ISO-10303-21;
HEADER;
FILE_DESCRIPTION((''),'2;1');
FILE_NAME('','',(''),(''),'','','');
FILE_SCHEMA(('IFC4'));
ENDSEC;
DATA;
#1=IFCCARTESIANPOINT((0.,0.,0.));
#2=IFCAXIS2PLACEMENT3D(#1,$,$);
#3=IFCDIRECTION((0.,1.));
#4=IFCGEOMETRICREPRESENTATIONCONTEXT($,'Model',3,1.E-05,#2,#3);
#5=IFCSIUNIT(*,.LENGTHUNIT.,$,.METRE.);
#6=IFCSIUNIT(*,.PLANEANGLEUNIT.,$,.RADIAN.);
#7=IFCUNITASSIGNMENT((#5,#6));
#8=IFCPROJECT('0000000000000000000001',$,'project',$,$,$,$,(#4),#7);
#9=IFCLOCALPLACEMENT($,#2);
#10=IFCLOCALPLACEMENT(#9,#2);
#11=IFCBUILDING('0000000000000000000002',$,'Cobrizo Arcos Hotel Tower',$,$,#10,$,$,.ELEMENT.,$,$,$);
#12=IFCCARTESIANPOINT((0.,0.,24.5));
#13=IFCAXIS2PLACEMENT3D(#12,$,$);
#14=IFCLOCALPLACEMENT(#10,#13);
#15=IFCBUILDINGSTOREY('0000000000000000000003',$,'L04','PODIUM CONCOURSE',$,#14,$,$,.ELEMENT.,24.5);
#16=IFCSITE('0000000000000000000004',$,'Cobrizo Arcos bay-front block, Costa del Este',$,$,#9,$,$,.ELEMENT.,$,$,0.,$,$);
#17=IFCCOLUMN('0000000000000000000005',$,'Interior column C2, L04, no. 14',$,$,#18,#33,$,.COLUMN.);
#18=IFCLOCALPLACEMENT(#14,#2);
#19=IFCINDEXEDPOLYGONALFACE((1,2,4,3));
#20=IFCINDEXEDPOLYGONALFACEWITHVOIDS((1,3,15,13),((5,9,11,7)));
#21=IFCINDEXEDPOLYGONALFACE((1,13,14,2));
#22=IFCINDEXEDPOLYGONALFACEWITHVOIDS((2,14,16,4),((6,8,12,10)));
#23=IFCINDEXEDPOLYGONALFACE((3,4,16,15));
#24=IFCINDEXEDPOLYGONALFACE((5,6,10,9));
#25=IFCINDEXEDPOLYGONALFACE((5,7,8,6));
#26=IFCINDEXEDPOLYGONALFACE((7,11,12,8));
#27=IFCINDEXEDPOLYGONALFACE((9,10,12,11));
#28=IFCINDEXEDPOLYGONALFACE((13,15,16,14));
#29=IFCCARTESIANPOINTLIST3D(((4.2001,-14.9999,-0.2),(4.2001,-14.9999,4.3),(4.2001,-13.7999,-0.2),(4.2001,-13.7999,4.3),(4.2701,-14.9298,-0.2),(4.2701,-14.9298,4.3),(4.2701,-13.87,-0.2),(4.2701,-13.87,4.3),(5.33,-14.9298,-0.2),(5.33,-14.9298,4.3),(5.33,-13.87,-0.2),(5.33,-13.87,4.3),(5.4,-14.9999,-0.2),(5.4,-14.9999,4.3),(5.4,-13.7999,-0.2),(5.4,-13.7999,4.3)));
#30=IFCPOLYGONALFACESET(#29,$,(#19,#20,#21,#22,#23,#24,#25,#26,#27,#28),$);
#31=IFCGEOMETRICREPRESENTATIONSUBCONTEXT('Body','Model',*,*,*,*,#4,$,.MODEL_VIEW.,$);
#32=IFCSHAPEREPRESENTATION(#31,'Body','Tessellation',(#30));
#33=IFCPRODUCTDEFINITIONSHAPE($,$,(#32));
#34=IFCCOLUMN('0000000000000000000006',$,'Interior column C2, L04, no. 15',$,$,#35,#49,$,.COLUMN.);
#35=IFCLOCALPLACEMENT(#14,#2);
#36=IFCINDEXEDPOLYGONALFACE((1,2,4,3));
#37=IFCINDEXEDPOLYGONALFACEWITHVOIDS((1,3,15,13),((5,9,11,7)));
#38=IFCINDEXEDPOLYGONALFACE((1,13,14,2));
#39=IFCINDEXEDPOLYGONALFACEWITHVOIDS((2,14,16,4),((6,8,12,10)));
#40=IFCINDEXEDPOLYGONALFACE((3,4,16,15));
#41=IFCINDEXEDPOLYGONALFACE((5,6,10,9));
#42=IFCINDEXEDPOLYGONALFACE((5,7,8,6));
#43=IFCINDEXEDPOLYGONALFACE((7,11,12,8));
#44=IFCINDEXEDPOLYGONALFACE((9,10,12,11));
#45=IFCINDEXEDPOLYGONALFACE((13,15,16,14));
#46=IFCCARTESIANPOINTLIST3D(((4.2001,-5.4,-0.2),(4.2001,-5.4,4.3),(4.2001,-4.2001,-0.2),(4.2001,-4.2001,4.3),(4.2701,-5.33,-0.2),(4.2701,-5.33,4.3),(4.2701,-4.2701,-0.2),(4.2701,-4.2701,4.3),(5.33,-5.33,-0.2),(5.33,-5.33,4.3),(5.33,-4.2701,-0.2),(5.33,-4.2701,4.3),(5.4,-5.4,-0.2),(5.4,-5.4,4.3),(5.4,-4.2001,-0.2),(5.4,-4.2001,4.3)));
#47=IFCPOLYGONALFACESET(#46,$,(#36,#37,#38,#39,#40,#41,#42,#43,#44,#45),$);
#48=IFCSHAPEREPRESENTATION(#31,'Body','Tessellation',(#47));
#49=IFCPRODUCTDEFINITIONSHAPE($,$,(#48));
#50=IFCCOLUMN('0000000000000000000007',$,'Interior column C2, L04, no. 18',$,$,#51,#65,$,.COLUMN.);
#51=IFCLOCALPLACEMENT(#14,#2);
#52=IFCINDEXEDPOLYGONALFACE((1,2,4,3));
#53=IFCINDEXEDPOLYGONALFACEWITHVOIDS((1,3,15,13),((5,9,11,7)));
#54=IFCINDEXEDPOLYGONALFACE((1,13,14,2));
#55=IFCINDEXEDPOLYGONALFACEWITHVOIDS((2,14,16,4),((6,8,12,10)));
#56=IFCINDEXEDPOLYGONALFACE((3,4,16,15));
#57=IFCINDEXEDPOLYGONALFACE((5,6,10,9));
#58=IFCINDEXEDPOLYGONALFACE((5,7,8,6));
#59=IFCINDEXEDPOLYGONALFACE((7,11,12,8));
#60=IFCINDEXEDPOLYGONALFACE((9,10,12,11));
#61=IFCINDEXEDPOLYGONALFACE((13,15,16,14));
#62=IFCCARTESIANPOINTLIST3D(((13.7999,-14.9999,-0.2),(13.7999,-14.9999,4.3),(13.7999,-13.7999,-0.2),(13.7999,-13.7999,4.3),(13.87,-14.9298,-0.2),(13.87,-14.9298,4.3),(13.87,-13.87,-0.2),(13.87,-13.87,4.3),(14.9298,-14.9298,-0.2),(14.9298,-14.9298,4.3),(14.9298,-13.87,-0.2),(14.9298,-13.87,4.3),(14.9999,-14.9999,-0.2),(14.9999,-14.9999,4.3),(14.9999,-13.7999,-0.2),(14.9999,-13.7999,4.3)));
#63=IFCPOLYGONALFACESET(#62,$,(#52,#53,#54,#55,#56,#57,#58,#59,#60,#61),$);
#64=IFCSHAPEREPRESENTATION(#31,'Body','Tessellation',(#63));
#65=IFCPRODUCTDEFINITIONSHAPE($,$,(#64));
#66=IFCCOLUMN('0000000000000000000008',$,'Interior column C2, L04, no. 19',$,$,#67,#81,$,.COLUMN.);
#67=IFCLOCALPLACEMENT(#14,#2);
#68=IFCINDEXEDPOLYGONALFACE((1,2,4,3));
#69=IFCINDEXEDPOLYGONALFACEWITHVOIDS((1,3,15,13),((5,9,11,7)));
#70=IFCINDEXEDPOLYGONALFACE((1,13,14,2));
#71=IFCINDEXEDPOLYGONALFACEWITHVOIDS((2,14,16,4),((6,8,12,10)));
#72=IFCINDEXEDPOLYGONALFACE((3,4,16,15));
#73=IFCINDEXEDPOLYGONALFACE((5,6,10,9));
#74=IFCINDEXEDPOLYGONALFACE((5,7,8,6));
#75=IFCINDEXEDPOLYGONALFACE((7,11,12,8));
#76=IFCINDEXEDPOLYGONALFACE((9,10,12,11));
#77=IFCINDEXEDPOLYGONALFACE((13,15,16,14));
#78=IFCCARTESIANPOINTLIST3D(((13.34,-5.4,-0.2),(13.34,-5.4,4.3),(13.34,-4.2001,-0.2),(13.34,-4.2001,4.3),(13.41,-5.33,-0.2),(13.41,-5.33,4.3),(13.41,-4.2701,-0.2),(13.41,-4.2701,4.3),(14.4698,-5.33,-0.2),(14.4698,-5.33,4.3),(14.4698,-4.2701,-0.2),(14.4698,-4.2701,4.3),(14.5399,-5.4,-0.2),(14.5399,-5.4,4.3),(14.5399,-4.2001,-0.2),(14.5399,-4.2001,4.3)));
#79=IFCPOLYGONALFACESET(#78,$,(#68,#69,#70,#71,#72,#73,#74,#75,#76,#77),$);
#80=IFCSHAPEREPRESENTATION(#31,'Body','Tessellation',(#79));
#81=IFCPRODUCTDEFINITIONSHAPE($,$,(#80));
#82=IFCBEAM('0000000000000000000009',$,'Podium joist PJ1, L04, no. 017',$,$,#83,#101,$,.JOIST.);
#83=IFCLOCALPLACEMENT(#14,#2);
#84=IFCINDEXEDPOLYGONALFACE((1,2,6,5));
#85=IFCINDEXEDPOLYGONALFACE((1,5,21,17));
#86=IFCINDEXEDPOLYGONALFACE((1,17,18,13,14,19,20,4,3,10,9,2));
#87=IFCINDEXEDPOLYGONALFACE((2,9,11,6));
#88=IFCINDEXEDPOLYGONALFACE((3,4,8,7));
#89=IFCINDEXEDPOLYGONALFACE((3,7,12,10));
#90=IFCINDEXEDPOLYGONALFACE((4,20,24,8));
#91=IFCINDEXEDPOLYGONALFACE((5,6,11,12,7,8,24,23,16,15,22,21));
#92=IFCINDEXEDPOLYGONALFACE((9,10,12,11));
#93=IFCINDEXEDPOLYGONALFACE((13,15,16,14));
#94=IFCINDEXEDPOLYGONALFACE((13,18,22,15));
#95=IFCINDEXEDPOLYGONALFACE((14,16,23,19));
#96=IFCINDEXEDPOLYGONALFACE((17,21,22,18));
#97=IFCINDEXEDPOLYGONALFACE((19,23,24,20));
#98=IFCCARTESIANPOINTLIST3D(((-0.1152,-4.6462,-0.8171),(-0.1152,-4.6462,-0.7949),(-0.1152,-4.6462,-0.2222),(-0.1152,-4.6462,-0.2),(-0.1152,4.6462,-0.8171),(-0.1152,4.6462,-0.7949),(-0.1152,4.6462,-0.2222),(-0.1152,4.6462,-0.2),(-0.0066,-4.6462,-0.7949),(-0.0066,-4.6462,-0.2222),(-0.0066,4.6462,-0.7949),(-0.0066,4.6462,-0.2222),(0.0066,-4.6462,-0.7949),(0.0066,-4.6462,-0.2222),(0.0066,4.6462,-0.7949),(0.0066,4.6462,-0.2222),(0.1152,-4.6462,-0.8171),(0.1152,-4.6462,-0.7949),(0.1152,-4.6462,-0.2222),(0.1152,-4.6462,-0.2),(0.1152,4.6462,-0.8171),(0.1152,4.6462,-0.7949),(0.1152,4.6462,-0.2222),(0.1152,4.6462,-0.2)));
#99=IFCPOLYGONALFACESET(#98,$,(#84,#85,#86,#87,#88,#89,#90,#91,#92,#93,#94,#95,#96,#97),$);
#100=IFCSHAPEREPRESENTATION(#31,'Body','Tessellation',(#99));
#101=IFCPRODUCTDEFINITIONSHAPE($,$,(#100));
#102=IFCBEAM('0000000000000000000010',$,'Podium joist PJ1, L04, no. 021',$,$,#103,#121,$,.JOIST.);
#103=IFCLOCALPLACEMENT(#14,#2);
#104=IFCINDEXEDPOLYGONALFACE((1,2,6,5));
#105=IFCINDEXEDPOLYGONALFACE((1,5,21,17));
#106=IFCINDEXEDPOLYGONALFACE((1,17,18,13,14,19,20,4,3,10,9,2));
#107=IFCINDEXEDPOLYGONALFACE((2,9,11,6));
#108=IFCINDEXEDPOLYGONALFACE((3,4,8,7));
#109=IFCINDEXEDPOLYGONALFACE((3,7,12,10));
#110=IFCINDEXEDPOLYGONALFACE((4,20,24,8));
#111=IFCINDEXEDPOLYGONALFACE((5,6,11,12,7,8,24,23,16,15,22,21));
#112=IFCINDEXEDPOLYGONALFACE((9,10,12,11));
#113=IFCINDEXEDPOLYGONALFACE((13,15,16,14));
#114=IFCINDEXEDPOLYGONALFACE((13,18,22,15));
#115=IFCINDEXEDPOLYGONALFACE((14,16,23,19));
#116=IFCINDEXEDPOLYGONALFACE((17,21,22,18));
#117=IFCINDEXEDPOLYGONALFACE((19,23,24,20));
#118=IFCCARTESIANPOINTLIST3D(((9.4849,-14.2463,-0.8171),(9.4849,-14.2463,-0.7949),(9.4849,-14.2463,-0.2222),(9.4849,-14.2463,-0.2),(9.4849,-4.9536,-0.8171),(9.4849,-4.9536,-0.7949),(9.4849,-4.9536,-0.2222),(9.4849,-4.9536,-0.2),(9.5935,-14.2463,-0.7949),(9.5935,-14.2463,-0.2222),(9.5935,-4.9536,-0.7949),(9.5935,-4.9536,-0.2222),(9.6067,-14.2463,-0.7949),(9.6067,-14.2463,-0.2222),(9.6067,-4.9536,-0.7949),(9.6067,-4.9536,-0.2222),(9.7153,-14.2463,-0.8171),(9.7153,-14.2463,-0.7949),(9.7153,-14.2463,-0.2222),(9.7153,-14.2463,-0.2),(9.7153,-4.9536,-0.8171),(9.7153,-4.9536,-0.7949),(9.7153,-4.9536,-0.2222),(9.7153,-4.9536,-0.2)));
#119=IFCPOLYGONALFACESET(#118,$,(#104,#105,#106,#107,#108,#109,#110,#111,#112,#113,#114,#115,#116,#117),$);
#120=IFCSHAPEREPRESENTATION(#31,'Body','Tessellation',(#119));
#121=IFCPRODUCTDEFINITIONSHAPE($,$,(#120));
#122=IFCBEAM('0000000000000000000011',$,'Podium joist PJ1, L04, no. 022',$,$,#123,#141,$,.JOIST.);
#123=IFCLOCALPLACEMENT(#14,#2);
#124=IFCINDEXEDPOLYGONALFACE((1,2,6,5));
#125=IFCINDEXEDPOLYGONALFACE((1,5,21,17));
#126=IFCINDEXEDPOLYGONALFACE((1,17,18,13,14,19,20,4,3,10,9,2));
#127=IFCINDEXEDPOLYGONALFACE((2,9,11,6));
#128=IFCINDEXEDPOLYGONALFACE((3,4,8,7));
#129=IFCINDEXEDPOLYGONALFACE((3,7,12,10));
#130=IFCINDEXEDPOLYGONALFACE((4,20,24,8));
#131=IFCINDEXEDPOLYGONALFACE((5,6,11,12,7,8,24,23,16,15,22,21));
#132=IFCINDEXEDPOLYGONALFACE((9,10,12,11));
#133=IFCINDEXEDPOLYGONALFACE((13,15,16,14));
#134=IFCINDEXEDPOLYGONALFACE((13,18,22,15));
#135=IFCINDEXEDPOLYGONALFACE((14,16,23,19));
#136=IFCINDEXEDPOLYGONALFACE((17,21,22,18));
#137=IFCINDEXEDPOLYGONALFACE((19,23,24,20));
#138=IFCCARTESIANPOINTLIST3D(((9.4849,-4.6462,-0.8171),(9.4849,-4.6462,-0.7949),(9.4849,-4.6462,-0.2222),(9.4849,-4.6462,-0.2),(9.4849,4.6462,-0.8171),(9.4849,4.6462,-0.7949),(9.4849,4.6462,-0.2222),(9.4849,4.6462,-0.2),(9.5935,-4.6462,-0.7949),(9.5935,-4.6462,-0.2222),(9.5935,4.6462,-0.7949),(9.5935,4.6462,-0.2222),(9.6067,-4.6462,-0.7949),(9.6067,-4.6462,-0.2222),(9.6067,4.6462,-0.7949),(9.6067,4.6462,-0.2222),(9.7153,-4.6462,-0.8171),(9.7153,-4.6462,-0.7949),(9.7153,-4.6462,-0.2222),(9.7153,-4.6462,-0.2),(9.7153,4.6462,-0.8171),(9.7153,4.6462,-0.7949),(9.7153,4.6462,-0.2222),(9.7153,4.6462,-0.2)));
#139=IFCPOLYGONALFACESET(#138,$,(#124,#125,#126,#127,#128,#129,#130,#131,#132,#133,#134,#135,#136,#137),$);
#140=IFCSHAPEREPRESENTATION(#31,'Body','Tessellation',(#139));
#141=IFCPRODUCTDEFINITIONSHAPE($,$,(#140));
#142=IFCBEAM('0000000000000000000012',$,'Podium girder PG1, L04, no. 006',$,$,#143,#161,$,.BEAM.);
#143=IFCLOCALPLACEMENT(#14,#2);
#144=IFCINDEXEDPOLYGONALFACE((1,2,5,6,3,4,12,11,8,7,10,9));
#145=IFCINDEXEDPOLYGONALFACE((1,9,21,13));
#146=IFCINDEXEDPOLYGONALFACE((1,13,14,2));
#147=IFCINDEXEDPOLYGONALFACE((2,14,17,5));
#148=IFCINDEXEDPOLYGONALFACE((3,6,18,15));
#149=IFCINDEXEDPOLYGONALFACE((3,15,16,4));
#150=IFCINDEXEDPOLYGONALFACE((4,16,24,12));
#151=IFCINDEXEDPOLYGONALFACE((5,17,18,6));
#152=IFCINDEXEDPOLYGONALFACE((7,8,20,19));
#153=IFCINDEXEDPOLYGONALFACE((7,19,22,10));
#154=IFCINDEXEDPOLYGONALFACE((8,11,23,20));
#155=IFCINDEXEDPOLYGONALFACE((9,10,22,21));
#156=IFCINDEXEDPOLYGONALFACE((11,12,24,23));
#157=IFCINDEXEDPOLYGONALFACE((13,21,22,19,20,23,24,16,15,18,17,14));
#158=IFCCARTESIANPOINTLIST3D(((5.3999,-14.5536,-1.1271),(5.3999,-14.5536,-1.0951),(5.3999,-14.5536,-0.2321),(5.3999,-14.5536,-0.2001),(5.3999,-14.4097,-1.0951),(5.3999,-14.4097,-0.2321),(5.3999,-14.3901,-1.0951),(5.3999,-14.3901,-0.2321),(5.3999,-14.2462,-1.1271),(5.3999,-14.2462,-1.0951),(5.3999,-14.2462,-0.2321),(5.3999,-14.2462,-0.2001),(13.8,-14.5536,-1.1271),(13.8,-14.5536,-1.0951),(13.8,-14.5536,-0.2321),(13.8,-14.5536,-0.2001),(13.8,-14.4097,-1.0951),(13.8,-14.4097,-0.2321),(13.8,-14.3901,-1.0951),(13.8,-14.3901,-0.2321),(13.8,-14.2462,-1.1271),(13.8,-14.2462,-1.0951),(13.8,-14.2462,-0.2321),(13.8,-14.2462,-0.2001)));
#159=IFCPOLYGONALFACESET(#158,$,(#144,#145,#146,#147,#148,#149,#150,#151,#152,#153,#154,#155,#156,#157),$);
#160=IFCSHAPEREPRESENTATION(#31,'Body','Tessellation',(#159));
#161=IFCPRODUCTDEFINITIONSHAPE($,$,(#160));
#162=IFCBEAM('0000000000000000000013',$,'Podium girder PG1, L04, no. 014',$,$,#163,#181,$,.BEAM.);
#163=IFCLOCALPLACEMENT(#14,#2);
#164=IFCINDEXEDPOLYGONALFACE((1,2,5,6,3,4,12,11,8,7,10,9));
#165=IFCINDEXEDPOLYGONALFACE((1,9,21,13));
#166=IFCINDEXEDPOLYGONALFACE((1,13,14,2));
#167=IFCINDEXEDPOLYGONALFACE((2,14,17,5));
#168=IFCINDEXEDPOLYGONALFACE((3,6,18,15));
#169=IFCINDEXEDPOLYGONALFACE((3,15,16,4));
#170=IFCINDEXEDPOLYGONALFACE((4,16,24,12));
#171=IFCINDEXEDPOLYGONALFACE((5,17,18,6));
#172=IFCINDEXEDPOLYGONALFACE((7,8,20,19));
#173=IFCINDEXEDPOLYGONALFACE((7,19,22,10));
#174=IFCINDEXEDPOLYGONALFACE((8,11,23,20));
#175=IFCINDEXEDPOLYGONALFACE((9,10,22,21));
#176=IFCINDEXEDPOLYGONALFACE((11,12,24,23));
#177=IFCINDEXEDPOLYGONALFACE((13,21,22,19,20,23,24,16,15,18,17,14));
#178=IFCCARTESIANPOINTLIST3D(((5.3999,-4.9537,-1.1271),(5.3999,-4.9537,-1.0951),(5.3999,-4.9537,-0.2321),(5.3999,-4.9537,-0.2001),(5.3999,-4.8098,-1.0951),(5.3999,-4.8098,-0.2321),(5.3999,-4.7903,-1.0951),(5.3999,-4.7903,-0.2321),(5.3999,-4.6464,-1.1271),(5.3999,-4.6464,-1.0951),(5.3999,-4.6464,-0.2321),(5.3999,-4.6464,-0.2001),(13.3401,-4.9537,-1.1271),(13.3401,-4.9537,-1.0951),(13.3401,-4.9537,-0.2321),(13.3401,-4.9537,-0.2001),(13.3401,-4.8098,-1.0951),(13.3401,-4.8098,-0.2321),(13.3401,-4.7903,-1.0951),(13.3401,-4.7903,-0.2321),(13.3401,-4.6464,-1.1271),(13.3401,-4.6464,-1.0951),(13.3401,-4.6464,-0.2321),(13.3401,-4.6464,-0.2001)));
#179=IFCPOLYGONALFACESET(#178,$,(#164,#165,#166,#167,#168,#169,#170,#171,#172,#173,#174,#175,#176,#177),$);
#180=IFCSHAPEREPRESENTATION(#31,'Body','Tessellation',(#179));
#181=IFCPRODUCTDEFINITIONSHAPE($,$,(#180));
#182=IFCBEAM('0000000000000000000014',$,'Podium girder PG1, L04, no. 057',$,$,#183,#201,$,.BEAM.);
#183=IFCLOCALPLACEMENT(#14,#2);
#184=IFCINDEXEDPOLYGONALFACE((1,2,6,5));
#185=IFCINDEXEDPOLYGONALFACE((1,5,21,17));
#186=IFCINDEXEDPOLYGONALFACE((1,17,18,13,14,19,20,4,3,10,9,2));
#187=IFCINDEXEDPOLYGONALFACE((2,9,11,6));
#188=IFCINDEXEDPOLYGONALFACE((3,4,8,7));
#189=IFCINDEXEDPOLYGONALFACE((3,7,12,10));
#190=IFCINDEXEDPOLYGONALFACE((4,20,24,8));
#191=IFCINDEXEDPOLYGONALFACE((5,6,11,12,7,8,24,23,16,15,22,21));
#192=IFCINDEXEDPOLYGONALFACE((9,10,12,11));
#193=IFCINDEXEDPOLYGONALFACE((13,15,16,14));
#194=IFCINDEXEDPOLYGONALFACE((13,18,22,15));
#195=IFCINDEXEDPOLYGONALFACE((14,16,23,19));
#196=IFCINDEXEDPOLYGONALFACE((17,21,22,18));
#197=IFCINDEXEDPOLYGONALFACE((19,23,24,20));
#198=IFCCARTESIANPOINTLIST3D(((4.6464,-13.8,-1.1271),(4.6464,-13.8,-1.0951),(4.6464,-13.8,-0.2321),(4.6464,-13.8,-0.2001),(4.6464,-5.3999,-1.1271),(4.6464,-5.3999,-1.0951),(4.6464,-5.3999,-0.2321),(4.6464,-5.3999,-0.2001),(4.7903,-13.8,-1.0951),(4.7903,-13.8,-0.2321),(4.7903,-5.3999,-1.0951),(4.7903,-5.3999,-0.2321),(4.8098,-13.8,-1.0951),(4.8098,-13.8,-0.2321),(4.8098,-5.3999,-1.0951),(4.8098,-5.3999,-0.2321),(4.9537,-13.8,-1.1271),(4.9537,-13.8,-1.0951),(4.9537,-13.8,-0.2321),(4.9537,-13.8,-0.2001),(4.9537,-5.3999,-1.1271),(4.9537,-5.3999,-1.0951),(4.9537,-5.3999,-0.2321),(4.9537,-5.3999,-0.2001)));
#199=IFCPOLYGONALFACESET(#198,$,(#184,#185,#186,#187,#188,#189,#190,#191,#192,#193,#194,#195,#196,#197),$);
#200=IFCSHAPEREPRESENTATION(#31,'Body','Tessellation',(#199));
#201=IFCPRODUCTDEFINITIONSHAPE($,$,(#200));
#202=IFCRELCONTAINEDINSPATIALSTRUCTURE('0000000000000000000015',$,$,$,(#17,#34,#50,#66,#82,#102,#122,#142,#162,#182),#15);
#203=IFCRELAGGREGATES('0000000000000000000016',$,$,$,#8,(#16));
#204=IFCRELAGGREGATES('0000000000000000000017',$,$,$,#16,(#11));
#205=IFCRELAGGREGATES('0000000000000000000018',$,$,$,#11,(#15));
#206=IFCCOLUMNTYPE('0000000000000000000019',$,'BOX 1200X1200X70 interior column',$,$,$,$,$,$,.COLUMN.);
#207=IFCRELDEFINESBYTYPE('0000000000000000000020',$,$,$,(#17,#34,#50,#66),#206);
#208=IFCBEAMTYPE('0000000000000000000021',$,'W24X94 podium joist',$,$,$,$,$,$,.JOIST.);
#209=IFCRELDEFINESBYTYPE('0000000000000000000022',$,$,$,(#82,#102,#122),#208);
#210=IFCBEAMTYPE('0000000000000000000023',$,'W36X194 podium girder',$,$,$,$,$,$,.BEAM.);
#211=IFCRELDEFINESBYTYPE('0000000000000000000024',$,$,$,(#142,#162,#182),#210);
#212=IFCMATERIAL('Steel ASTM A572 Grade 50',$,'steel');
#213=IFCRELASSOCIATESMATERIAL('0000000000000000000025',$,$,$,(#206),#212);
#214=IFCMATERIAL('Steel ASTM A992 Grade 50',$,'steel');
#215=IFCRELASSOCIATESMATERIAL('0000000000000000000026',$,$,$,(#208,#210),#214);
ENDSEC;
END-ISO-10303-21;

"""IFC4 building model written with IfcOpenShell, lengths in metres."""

from ifc_helpers import new_model, si_unit, direction, frame, origin, origin_2d, place, context, subcontext, project, spatial, hollow_rectangle, i_section, extrude, material, material_profile, profile_set, type_object, element, save


model = new_model("IFC4")

# Units and contexts
model_context = context("Model", 3, precision=1e-05, world=origin(), true_north=direction((0.0, 1.0)))
body_context = subcontext(model_context, "Body", "Model", "MODEL_VIEW")
ifc_project = project(units=[si_unit("LENGTHUNIT", "METRE"), si_unit("PLANEANGLEUNIT", "RADIAN")], contexts=[model_context])

# Site, building, storey
site_placement = place(None, origin())
site = spatial("IfcSite", under=ifc_project, at=site_placement, Name="Cobrizo Arcos bay-front block, Costa del Este", CompositionType="ELEMENT", RefElevation=0.0)
building_placement = place(site_placement, origin())
building = spatial("IfcBuilding", under=site, at=building_placement, Name="Cobrizo Arcos Hotel Tower", CompositionType="ELEMENT")
storey_placement = place(building_placement, frame((0.0, 0.0, 24.5)))
storey = spatial("IfcBuildingStorey", under=building, at=storey_placement, Name="L04", Description="PODIUM CONCOURSE", CompositionType="ELEMENT", Elevation=24.5)

# Columns
ifc_material_1 = material(Name="Steel ASTM A572 Grade 50", Category="steel")
ifc_material_profile_1 = material_profile(ifc_material_1, hollow_rectangle(XDim=1.2, YDim=1.2, WallThickness=0.0701, at=origin_2d()), Name="BOX 1200X1200X70")
ifc_profile_set_1 = profile_set([ifc_material_profile_1], Name="Steel ASTM A572 Grade 50")
column_type = type_object("IfcColumnType", Name="BOX 1200X1200X70 interior column", PredefinedType="COLUMN", material=ifc_profile_set_1)
for number, where, z_axis, x_axis, name in (
    (1, (4.8, -14.3999, -0.2), (0.0, 0.0, 1.0), (1.0, 0.0, 0.0), "Interior column C2, L04, no. 14"),
    (2, (4.8, -4.8, -0.2), (0.0, 0.0, 1.0), (1.0, 0.0, 0.0), "Interior column C2, L04, no. 15"),
    (3, (14.3999, -14.3999, -0.2), (0.0, 0.0, 1.0), (1.0, 0.0, 0.0), "Interior column C2, L04, no. 18"),
    (4, (13.9399, -4.8, -0.2), (0.0, 0.0, 1.0), (1.0, 0.0, 0.0), "Interior column C2, L04, no. 19"),
):
    element("IfcColumn", number, at=place(storey_placement, frame(where, z_axis=z_axis, x_axis=x_axis)), inside=storey, type_object=column_type, Name=name, PredefinedType="COLUMN", context=body_context, shape_type="SweptSolid", body=[
        extrude(hollow_rectangle(XDim=1.2, YDim=1.2, WallThickness=0.0701, at=origin_2d()), origin(), (0.0, 0.0, 1.0), 4.5),
    ])

# Beams
ifc_material_2 = material(Name="Steel ASTM A992 Grade 50", Category="steel")
ifc_material_profile_2 = material_profile(ifc_material_2, i_section(OverallWidth=0.2305, OverallDepth=0.6172, WebThickness=0.0132, FlangeThickness=0.0222, at=origin_2d()), Name="W24X94")
ifc_profile_set_2 = profile_set([ifc_material_profile_2], Name="Steel ASTM A992 Grade 50")
beam_type_1 = type_object("IfcBeamType", Name="W24X94 podium joist", PredefinedType="JOIST", material=ifc_profile_set_2)
beam_1_placement = place(storey_placement, frame((0.0, -4.6462, -0.5085), z_axis=(0.0, 1.0, 0.0), x_axis=(-1.0, 0.0, 0.0)))
element("IfcBeam", 5, at=beam_1_placement, inside=storey, type_object=beam_type_1, Name="Podium joist PJ1, L04, no. 017", PredefinedType="JOIST", context=body_context, shape_type="SweptSolid", body=[
    extrude(i_section(OverallWidth=0.2305, OverallDepth=0.6172, WebThickness=0.0132, FlangeThickness=0.0222, at=origin_2d()), origin(), (0.0, 0.0, 1.0), 9.2925),
])
beam_2_placement = place(storey_placement, frame((9.6001, -14.2463, -0.5085), z_axis=(0.0, 1.0, 0.0), x_axis=(-1.0, 0.0, 0.0)))
element("IfcBeam", 6, at=beam_2_placement, inside=storey, type_object=beam_type_1, Name="Podium joist PJ1, L04, no. 021", PredefinedType="JOIST", context=body_context, shape_type="SweptSolid", body=[
    extrude(i_section(OverallWidth=0.2305, OverallDepth=0.6172, WebThickness=0.0132, FlangeThickness=0.0222, at=origin_2d()), origin(), (0.0, 0.0, 1.0), 9.2927),
])
beam_3_placement = place(storey_placement, frame((9.6001, -4.6462, -0.5085), z_axis=(0.0, 1.0, 0.0), x_axis=(-1.0, 0.0, 0.0)))
element("IfcBeam", 7, at=beam_3_placement, inside=storey, type_object=beam_type_1, Name="Podium joist PJ1, L04, no. 022", PredefinedType="JOIST", context=body_context, shape_type="SweptSolid", body=[
    extrude(i_section(OverallWidth=0.2305, OverallDepth=0.6172, WebThickness=0.0132, FlangeThickness=0.0222, at=origin_2d()), origin(), (0.0, 0.0, 1.0), 9.2925),
])
ifc_material_profile_3 = material_profile(ifc_material_2, i_section(OverallWidth=0.3074, OverallDepth=0.927, WebThickness=0.0195, FlangeThickness=0.032, at=origin_2d()), Name="W36X194")
ifc_profile_set_3 = profile_set([ifc_material_profile_3], Name="Steel ASTM A992 Grade 50")
beam_type_2 = type_object("IfcBeamType", Name="W36X194 podium girder", PredefinedType="BEAM", material=ifc_profile_set_3)
beam_4_placement = place(storey_placement, frame((5.3999, -14.3999, -0.6636), z_axis=(1.0, 0.0, 0.0), x_axis=(0.0, 1.0, 0.0)))
element("IfcBeam", 8, at=beam_4_placement, inside=storey, type_object=beam_type_2, Name="Podium girder PG1, L04, no. 006", PredefinedType="BEAM", context=body_context, shape_type="SweptSolid", body=[
    extrude(i_section(OverallWidth=0.3074, OverallDepth=0.927, WebThickness=0.0195, FlangeThickness=0.032, at=origin_2d()), origin(), (0.0, 0.0, 1.0), 8.4001),
])
beam_5_placement = place(storey_placement, frame((5.3999, -4.8, -0.6636), z_axis=(1.0, 0.0, 0.0), x_axis=(0.0, 1.0, 0.0)))
element("IfcBeam", 9, at=beam_5_placement, inside=storey, type_object=beam_type_2, Name="Podium girder PG1, L04, no. 014", PredefinedType="BEAM", context=body_context, shape_type="SweptSolid", body=[
    extrude(i_section(OverallWidth=0.3074, OverallDepth=0.927, WebThickness=0.0195, FlangeThickness=0.032, at=origin_2d()), origin(), (0.0, 0.0, 1.0), 7.9402),
])
beam_6_placement = place(storey_placement, frame((4.8, -13.8, -0.6636), z_axis=(0.0, 1.0, 0.0), x_axis=(-1.0, 0.0, 0.0)))
element("IfcBeam", 10, at=beam_6_placement, inside=storey, type_object=beam_type_2, Name="Podium girder PG1, L04, no. 057", PredefinedType="BEAM", context=body_context, shape_type="SweptSolid", body=[
    extrude(i_section(OverallWidth=0.3074, OverallDepth=0.927, WebThickness=0.0195, FlangeThickness=0.032, at=origin_2d()), origin(), (0.0, 0.0, 1.0), 8.4001),
])

save(model, "model.ifc")
